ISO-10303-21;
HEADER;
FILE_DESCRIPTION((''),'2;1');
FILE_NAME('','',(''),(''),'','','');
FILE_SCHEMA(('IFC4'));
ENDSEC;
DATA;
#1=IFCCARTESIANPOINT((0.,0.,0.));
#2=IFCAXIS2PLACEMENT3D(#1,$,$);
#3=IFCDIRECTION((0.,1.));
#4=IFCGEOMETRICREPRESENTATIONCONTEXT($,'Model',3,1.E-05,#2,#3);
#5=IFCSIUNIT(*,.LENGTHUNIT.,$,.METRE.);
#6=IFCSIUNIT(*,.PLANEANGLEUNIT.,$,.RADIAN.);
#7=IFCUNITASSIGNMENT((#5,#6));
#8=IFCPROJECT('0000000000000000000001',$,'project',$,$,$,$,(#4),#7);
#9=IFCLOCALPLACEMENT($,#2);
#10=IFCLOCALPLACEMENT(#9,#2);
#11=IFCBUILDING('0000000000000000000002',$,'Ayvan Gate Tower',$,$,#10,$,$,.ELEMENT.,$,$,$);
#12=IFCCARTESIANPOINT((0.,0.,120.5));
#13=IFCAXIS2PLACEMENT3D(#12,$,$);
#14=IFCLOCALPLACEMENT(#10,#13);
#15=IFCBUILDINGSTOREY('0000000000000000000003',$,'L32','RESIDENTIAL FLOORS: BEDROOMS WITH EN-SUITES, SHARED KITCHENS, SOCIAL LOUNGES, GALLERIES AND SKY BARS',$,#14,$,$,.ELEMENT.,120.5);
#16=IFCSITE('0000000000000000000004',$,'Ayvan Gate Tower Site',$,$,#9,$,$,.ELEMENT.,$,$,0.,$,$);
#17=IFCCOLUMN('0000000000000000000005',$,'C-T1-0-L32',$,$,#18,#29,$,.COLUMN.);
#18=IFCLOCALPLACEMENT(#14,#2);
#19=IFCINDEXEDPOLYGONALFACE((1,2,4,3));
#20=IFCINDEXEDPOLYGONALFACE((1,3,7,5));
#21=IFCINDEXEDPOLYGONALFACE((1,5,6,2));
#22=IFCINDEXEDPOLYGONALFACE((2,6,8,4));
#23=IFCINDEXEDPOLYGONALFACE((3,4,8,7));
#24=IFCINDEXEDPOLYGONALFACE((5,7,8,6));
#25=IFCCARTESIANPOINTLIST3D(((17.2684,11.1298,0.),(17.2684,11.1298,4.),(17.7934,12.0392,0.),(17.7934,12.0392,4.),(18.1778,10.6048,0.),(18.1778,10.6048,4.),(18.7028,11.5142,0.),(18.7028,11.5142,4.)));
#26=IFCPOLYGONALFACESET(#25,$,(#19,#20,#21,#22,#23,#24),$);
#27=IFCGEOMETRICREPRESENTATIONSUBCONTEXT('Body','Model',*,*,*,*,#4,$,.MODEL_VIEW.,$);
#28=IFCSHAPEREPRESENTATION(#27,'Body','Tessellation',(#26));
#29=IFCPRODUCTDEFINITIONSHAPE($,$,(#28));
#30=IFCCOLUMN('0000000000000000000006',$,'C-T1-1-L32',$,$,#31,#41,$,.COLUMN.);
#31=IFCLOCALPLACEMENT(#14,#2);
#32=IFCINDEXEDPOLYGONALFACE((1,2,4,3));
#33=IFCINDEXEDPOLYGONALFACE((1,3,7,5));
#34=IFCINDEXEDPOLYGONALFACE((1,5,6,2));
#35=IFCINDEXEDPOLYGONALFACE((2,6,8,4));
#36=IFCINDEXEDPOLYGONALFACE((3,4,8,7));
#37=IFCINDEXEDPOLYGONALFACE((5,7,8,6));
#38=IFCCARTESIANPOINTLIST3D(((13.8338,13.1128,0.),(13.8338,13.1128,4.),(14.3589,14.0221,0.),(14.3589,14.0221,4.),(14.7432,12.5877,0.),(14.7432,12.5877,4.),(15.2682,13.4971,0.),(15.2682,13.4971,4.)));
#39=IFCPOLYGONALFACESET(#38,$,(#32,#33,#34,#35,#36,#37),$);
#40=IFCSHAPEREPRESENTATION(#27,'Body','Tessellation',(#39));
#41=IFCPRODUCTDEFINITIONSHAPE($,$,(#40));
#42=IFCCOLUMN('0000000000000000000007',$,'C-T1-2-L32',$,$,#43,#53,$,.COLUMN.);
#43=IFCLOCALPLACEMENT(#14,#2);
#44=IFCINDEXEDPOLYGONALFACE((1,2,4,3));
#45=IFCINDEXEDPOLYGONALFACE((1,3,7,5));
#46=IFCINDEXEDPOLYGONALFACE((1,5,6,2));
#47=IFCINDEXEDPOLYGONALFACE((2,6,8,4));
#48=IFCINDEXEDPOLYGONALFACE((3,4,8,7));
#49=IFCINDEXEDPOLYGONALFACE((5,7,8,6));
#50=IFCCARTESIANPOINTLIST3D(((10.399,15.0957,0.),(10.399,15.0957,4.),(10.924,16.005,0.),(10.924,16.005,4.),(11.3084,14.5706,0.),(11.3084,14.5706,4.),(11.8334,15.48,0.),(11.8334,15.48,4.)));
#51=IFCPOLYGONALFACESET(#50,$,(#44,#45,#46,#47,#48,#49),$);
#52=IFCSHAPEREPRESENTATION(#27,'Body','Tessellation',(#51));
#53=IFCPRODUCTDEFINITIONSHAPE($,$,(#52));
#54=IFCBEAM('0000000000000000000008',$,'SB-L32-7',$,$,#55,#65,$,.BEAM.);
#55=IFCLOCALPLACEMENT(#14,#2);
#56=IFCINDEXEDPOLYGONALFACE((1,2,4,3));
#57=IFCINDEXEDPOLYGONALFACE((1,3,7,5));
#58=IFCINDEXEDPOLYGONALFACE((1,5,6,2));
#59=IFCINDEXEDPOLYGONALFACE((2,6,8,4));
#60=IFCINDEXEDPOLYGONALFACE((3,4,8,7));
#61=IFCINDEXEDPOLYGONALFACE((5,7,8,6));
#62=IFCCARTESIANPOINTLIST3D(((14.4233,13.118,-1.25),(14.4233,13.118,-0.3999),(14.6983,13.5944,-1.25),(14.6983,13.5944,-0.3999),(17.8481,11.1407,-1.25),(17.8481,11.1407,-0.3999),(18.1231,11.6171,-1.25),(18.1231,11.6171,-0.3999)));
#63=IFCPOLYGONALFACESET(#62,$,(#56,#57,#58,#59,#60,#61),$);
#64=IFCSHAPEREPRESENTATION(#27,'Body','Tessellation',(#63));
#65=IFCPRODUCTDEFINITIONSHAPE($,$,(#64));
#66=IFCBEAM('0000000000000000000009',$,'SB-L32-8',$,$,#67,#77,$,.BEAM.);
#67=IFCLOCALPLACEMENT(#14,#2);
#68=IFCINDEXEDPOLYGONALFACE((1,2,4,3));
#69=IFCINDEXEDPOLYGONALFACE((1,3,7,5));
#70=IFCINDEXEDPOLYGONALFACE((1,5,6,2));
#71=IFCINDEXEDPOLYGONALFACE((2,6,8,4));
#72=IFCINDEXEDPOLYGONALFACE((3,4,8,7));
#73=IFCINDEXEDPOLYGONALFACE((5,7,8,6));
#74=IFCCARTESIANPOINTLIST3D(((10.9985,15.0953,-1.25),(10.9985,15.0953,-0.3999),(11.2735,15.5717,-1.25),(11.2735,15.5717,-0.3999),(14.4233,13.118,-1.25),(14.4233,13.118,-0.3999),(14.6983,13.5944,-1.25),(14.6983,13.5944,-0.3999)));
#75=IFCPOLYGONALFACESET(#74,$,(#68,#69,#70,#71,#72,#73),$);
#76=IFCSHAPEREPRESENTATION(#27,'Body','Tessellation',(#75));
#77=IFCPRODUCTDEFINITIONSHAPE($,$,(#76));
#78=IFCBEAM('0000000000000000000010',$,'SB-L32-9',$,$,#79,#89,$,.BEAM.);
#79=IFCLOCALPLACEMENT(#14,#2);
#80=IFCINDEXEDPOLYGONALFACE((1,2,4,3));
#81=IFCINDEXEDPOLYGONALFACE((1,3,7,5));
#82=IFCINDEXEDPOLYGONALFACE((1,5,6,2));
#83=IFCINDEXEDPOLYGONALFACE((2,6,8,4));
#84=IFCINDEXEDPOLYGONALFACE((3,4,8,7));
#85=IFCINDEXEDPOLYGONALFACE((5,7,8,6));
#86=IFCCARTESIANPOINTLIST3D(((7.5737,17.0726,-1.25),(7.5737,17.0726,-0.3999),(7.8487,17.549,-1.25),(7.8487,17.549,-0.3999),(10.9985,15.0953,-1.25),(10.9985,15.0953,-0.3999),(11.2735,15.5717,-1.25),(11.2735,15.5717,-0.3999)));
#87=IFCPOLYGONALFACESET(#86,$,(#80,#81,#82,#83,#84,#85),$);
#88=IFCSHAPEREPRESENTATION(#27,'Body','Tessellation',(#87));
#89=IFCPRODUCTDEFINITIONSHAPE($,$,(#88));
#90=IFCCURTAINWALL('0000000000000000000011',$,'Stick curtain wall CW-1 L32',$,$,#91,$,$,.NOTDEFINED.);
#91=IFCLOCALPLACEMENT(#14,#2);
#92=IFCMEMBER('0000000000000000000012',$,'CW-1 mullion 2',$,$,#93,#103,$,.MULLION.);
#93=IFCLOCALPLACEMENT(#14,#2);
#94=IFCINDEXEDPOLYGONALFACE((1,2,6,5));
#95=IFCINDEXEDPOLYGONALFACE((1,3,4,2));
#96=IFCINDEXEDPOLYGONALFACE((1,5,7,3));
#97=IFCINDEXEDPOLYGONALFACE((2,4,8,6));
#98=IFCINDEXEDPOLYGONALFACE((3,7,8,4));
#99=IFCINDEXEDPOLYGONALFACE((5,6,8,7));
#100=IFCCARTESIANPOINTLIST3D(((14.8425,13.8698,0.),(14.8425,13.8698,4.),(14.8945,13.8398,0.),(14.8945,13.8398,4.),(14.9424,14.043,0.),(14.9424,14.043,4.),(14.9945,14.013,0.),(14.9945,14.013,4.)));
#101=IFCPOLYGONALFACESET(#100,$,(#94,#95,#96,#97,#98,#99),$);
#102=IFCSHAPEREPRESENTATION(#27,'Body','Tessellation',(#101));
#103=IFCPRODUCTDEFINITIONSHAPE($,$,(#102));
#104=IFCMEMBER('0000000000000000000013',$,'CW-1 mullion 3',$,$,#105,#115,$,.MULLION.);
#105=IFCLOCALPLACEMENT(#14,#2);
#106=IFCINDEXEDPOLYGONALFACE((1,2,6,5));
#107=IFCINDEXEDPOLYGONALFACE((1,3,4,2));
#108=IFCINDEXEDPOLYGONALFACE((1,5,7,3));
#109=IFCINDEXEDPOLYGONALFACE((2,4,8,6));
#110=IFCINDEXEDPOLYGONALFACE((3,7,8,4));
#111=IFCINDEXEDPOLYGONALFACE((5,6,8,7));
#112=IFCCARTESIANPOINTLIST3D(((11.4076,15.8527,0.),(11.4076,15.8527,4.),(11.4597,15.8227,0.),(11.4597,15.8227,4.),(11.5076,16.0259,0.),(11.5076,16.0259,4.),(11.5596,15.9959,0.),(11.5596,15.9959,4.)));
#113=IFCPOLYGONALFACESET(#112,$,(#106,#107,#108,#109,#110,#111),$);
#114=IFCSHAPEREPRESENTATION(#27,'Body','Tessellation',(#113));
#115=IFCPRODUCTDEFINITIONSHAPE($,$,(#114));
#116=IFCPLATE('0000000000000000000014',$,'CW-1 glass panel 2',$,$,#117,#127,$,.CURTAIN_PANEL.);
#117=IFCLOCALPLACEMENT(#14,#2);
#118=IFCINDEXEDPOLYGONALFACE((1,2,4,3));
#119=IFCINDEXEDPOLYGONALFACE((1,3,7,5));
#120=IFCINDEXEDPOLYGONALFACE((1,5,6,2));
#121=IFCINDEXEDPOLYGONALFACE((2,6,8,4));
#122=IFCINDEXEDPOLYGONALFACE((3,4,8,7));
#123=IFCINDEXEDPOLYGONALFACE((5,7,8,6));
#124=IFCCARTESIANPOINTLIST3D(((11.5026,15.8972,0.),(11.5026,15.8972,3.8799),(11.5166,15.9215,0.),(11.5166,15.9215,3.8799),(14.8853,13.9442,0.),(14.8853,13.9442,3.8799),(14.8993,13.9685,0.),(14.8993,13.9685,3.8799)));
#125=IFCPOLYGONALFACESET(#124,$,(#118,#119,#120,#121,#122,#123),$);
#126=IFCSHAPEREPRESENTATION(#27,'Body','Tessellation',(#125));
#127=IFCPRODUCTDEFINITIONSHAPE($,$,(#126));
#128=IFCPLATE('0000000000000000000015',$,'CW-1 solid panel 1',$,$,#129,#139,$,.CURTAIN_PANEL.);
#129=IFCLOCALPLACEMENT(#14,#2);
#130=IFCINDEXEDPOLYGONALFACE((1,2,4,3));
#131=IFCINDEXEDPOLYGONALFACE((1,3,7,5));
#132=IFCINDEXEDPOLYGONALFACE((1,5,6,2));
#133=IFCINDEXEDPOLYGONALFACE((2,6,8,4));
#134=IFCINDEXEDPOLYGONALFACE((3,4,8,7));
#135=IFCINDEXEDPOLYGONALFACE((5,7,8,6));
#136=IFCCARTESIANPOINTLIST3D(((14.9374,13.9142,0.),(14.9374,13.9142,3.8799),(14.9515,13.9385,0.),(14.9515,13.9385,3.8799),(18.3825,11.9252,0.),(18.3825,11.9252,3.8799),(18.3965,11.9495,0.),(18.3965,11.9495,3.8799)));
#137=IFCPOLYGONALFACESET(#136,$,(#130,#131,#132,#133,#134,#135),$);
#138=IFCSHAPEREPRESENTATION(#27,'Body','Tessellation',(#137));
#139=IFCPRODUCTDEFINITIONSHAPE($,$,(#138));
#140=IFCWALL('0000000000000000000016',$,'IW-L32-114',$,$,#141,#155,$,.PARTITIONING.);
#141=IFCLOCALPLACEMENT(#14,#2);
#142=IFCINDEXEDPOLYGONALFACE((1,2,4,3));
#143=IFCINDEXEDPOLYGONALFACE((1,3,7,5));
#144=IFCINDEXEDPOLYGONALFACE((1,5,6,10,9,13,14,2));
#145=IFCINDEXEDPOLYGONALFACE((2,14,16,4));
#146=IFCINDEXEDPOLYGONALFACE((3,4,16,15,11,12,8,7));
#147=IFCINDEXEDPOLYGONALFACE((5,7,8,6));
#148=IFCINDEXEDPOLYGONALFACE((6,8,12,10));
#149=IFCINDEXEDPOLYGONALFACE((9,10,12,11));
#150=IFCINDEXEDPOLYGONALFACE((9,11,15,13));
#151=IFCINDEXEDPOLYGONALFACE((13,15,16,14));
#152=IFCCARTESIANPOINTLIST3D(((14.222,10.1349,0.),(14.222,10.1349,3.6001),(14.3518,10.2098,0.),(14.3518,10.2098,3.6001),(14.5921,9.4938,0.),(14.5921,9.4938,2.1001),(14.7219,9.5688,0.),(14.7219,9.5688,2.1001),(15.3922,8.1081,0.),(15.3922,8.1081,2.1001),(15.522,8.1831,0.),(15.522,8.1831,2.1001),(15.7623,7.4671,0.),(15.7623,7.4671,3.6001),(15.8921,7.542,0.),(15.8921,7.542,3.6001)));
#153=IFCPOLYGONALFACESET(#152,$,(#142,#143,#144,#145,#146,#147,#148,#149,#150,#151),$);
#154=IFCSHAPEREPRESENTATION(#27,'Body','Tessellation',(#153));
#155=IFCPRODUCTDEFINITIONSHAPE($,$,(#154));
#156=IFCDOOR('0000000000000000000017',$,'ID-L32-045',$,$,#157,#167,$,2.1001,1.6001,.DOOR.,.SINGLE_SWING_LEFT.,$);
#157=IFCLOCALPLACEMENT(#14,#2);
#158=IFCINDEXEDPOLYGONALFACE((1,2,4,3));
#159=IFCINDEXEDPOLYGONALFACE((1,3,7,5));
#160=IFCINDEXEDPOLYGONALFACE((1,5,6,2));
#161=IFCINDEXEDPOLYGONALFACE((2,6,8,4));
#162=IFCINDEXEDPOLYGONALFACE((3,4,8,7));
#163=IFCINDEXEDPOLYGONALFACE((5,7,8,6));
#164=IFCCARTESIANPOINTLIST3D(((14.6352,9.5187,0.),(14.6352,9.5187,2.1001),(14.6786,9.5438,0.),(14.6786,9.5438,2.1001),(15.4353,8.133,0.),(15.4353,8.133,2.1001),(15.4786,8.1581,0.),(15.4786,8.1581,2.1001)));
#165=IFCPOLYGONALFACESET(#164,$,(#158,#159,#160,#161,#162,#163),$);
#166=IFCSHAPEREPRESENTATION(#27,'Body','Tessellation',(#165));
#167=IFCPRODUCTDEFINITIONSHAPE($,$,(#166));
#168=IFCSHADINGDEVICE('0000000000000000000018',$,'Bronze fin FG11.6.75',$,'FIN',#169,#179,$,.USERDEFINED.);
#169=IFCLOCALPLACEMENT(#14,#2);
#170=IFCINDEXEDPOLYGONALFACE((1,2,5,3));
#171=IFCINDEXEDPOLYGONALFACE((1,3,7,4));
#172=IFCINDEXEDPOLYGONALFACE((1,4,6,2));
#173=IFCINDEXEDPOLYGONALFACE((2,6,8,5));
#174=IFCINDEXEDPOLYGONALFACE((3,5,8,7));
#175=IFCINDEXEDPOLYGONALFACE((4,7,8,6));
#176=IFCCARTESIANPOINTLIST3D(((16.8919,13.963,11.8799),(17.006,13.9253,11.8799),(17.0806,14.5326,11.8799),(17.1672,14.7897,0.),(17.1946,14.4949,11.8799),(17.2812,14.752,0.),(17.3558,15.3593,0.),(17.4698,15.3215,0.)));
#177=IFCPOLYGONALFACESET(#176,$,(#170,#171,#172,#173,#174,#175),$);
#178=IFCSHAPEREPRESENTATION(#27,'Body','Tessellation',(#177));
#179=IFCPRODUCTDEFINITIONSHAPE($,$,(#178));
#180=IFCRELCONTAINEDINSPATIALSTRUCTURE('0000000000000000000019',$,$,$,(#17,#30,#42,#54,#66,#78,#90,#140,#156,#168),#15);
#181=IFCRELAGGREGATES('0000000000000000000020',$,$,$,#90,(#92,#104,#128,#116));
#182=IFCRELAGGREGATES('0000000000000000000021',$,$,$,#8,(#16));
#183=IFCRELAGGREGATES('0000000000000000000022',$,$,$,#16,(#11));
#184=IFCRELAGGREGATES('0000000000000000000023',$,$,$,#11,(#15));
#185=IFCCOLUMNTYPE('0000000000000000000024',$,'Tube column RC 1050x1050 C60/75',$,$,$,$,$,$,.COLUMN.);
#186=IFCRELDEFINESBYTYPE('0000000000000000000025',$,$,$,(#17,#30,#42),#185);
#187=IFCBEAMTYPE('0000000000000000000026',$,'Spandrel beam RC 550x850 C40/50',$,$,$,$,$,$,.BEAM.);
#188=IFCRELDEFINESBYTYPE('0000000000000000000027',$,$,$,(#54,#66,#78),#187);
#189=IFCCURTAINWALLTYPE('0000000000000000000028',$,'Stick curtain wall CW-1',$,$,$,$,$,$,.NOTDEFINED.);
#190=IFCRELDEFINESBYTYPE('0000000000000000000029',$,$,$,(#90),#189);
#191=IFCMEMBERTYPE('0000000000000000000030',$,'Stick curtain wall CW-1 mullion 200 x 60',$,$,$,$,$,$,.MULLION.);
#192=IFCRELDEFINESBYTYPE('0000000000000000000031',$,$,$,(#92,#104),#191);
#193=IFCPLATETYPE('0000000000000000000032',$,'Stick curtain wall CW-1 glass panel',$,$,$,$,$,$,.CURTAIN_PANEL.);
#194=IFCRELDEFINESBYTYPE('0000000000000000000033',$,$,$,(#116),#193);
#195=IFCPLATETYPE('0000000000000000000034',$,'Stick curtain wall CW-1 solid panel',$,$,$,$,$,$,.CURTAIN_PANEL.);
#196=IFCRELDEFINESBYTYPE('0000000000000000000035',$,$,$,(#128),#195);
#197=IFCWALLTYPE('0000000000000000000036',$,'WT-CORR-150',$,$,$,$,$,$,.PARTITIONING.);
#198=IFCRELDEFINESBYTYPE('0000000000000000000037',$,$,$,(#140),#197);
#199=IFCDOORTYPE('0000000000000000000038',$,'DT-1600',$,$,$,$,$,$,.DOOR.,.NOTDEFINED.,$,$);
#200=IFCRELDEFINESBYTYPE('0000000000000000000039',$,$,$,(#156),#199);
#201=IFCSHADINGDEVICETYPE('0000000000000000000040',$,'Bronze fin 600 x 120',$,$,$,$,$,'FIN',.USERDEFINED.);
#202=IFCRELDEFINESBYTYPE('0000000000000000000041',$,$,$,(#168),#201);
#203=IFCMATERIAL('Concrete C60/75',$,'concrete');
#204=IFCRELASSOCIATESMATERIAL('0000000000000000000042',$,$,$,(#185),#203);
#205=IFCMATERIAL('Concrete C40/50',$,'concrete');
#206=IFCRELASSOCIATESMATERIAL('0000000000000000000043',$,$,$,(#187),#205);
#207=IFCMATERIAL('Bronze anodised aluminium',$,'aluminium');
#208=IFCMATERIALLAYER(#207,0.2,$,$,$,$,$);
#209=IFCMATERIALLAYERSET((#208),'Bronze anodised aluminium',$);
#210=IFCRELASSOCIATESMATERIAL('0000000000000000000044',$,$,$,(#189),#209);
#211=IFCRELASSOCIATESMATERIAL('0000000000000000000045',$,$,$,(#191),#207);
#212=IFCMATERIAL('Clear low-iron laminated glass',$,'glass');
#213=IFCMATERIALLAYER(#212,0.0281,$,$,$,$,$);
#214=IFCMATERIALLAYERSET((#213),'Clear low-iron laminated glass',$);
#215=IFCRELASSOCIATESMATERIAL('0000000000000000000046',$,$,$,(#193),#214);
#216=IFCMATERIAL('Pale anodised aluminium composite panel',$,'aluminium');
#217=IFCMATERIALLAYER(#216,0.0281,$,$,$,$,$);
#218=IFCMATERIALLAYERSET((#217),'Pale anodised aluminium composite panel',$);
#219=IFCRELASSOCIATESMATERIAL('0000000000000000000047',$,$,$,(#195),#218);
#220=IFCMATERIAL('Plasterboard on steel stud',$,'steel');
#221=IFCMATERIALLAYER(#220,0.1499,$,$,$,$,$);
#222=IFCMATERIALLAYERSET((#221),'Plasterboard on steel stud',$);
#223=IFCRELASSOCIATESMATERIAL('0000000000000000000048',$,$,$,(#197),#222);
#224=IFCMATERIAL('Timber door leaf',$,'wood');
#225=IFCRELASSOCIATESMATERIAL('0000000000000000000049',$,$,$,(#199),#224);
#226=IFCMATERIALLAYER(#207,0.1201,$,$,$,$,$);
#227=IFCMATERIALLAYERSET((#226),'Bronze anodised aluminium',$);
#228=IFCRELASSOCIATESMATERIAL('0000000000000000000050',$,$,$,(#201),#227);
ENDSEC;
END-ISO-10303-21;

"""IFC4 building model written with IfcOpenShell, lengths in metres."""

from ifc_helpers import new_model, si_unit, direction, frame, frame_2d, origin, origin_2d, place, context, subcontext, project, spatial, polyline, rectangle, outline, extrude, material, layer, layer_set, material_profile, profile_set, type_object, element, fill, aggregate, save


model = new_model("IFC4")

# Units and contexts
model_context = context("Model", 3, precision=1e-05, world=origin(), true_north=direction((0.0, 1.0)))
body_context = subcontext(model_context, "Body", "Model", "MODEL_VIEW")
ifc_project = project(units=[si_unit("LENGTHUNIT", "METRE"), si_unit("PLANEANGLEUNIT", "RADIAN")], contexts=[model_context])

# Site, building, storey
site_placement = place(None, origin())
site = spatial("IfcSite", under=ifc_project, at=site_placement, Name="Ayvan Gate Tower Site", CompositionType="ELEMENT", RefElevation=0.0)
building_placement = place(site_placement, origin())
building = spatial("IfcBuilding", under=site, at=building_placement, Name="Ayvan Gate Tower", CompositionType="ELEMENT")
storey_placement = place(building_placement, frame((0.0, 0.0, 120.5)))
storey = spatial("IfcBuildingStorey", under=building, at=storey_placement, Name="L32", Description="RESIDENTIAL FLOORS: BEDROOMS WITH EN-SUITES, SHARED KITCHENS, SOCIAL LOUNGES, GALLERIES AND SKY BARS", CompositionType="ELEMENT", Elevation=120.5)

# Columns
ifc_material_1 = material(Name="Concrete C60/75", Category="concrete")
ifc_material_profile_1 = material_profile(ifc_material_1, rectangle(XDim=1.05, YDim=1.05, at=origin_2d()), Name="RC 1050x1050")
ifc_profile_set_1 = profile_set([ifc_material_profile_1], Name="Concrete C60/75")
column_type = type_object("IfcColumnType", Name="Tube column RC 1050x1050 C60/75", PredefinedType="COLUMN", material=ifc_profile_set_1)
for number, where, z_axis, x_axis, name in (
    (1, (17.9856, 11.322, 0.0), (0.0, 0.0, 1.0), (0.5, 0.866025, 0.0), "C-T1-0-L32"),
    (2, (14.551, 13.3049, 0.0), (0.0, 0.0, 1.0), (0.5, 0.866025, 0.0), "C-T1-1-L32"),
    (3, (11.1162, 15.2878, 0.0), (0.0, 0.0, 1.0), (0.5, 0.866025, 0.0), "C-T1-2-L32"),
):
    element("IfcColumn", number, at=place(storey_placement, frame(where, z_axis=z_axis, x_axis=x_axis)), inside=storey, type_object=column_type, Name=name, PredefinedType="COLUMN", context=body_context, shape_type="SweptSolid", body=[
        extrude(rectangle(XDim=1.05, YDim=1.05, at=origin_2d()), origin(), (0.0, 0.0, 1.0), 4.0),
    ])

# Beams
ifc_material_2 = material(Name="Concrete C40/50", Category="concrete")
ifc_material_profile_2 = material_profile(ifc_material_2, rectangle(XDim=0.55, YDim=0.8501, at=origin_2d()), Name="RC 550x850")
ifc_profile_set_2 = profile_set([ifc_material_profile_2], Name="Concrete C40/50")
beam_type = type_object("IfcBeamType", Name="Spandrel beam RC 550x850 C40/50", PredefinedType="BEAM", material=ifc_profile_set_2)
for number, where, z_axis, x_axis, name in (
    (4, (17.9856, 11.3789, -0.825), (-0.866027, 0.499997, 0.0), (-0.499997, -0.866027, 0.0), "SB-L32-7"),
    (5, (14.5608, 13.3562, -0.825), (-0.866027, 0.499997, 0.0), (-0.499997, -0.866027, 0.0), "SB-L32-8"),
    (6, (11.136, 15.3335, -0.825), (-0.866027, 0.499997, 0.0), (-0.499997, -0.866027, 0.0), "SB-L32-9"),
):
    element("IfcBeam", number, at=place(storey_placement, frame(where, z_axis=z_axis, x_axis=x_axis)), inside=storey, type_object=beam_type, Name=name, PredefinedType="BEAM", context=body_context, shape_type="SweptSolid", body=[
        extrude(rectangle(XDim=0.55, YDim=0.8501, at=origin_2d()), origin(), (0.0, 0.0, 1.0), 3.9546),
    ])

# Curtain wall, members, plates
ifc_material_3 = material(Name="Bronze anodised aluminium", Category="aluminium")
ifc_layer_1 = layer(ifc_material_3, 0.2)
ifc_layer_set_1 = layer_set([ifc_layer_1], Name="Bronze anodised aluminium")
curtain_wall_type = type_object("IfcCurtainWallType", Name="Stick curtain wall CW-1", PredefinedType="NOTDEFINED", material=ifc_layer_set_1)
curtain_wall_placement = place(storey_placement, origin())
curtain_wall = element("IfcCurtainWall", 7, at=curtain_wall_placement, inside=storey, type_object=curtain_wall_type, Name="Stick curtain wall CW-1 L32", PredefinedType="NOTDEFINED")
ifc_material_profile_3 = material_profile(ifc_material_3, rectangle(XDim=0.2, YDim=0.0601, at=origin_2d()), Name="Stick curtain wall CW-1 mullion 200 x 60")
ifc_profile_set_3 = profile_set([ifc_material_profile_3], Name="Bronze anodised aluminium")
member_type = type_object("IfcMemberType", Name="Stick curtain wall CW-1 mullion 200 x 60", PredefinedType="MULLION", material=ifc_profile_set_3)
member_1_placement = place(storey_placement, frame((14.9185, 13.9414, 0.0), z_axis=(0.0, 0.0, 1.0), x_axis=(0.5, 0.866025, 0.0)))
member_1 = element("IfcMember", 8, at=member_1_placement, type_object=member_type, Name="CW-1 mullion 2", PredefinedType="MULLION", context=body_context, shape_type="SweptSolid", body=[
    extrude(rectangle(XDim=0.2, YDim=0.0601, at=origin_2d()), origin(), (0.0, 0.0, 1.0), 4.0),
])
member_2_placement = place(storey_placement, frame((11.4836, 15.9243, 0.0), z_axis=(0.0, 0.0, 1.0), x_axis=(0.5, 0.866025, 0.0)))
member_2 = element("IfcMember", 9, at=member_2_placement, type_object=member_type, Name="CW-1 mullion 3", PredefinedType="MULLION", context=body_context, shape_type="SweptSolid", body=[
    extrude(rectangle(XDim=0.2, YDim=0.0601, at=origin_2d()), origin(), (0.0, 0.0, 1.0), 4.0),
])
ifc_material_4 = material(Name="Clear low-iron laminated glass", Category="glass")
ifc_layer_2 = layer(ifc_material_4, 0.0281)
ifc_layer_set_2 = layer_set([ifc_layer_2], Name="Clear low-iron laminated glass")
plate_type_1 = type_object("IfcPlateType", Name="Stick curtain wall CW-1 glass panel", PredefinedType="CURTAIN_PANEL", material=ifc_layer_set_2)
plate_1_placement = place(storey_placement, frame((13.2009, 14.9329, 0.0), z_axis=(0.0, 0.0, 1.0), x_axis=(-0.866025, 0.5, 0.0)))
plate_1 = element("IfcPlate", 10, at=plate_1_placement, type_object=plate_type_1, Name="CW-1 glass panel 2", PredefinedType="CURTAIN_PANEL", context=body_context, shape_type="SweptSolid", body=[
    extrude(rectangle(XDim=3.906, YDim=0.0281, at=origin_2d()), origin(), (0.0, 0.0, 1.0), 3.8799),
])
ifc_material_5 = material(Name="Pale anodised aluminium composite panel", Category="aluminium")
ifc_layer_3 = layer(ifc_material_5, 0.0281)
ifc_layer_set_3 = layer_set([ifc_layer_3], Name="Pale anodised aluminium composite panel")
plate_type_2 = type_object("IfcPlateType", Name="Stick curtain wall CW-1 solid panel", PredefinedType="CURTAIN_PANEL", material=ifc_layer_set_3)
plate_2_placement = place(storey_placement, frame((16.667, 12.9319, 0.0), z_axis=(0.0, 0.0, 1.0), x_axis=(-0.866025, 0.5, 0.0)))
plate_2 = element("IfcPlate", 11, at=plate_2_placement, type_object=plate_type_2, Name="CW-1 solid panel 1", PredefinedType="CURTAIN_PANEL", context=body_context, shape_type="SweptSolid", body=[
    extrude(rectangle(XDim=3.978, YDim=0.0281, at=origin_2d()), origin(), (0.0, 0.0, 1.0), 3.8799),
])
aggregate(curtain_wall, [member_1, member_2, plate_2, plate_1])

# Wall, opening, door
ifc_material_6 = material(Name="Plasterboard on steel stud", Category="steel")
ifc_layer_4 = layer(ifc_material_6, 0.1499)
ifc_layer_set_4 = layer_set([ifc_layer_4], Name="Plasterboard on steel stud")
wall_type = type_object("IfcWallType", Name="WT-CORR-150", PredefinedType="PARTITIONING", material=ifc_layer_set_4)
wall_placement = place(storey_placement, frame((14.2869, 10.1724, 0.0), z_axis=(0.0, 0.0, 1.0), x_axis=(0.500017, -0.866015, 0.0)))
wall = element("IfcWall", 12, at=wall_placement, inside=storey, type_object=wall_type, Name="IW-L32-114", PredefinedType="PARTITIONING", context=body_context, shape_type="SweptSolid", body=[
    extrude(rectangle(XDim=3.0806, YDim=0.1499, at=frame_2d((1.5403, 0.0))), origin(), (0.0, 0.0, 1.0), 3.6001),
])
opening_placement = place(wall_placement, frame((0.7402, 0.0, 0.0)))
opening = element("IfcOpeningElement", 13, at=opening_placement, cuts=wall, PredefinedType="OPENING", context=body_context, shape_type="SweptSolid", body=[
    extrude(rectangle(XDim=1.6001, YDim=2.1001, at=frame_2d((0.8, 1.05))), frame((0.0, 0.085, 0.0), z_axis=(0.0, -1.0, 0.0), x_axis=(1.0, 0.0, 0.0)), (0.0, 0.0, 1.0), 0.1699),
])
ifc_material_7 = material(Name="Timber door leaf", Category="wood")
door_type = type_object("IfcDoorType", Name="DT-1600", OperationType="NOTDEFINED", PredefinedType="DOOR", material=ifc_material_7)
door_placement = place(opening_placement, origin())
door = element("IfcDoor", 14, at=door_placement, inside=storey, type_object=door_type, Name="ID-L32-045", OperationType="SINGLE_SWING_LEFT", OverallHeight=2.1001, OverallWidth=1.6001, PredefinedType="DOOR", context=body_context, shape_type="SweptSolid", body=[
    extrude(rectangle(XDim=1.6001, YDim=2.1001, at=frame_2d((0.8, 1.05))), frame((0.0, 0.0249, 0.0), z_axis=(0.0, -1.0, 0.0), x_axis=(1.0, 0.0, 0.0)), (0.0, 0.0, 1.0), 0.05),
])
fill(opening, door)

# Shading device
ifc_layer_5 = layer(ifc_material_3, 0.1201)
ifc_layer_set_5 = layer_set([ifc_layer_5], Name="Bronze anodised aluminium")
shading_device_type = type_object("IfcShadingDeviceType", Name="Bronze fin 600 x 120", ElementType="FIN", PredefinedType="USERDEFINED", material=ifc_layer_set_5)
shading_device_1_placement = place(storey_placement, frame((17.2812, 14.752, 0.0), z_axis=(0.949312, -0.314335, 0.000124), x_axis=(0.314335, 0.949312, 0.0)))
element("IfcShadingDevice", 15, at=shading_device_1_placement, inside=storey, type_object=shading_device_type, Name="Bronze fin FG11.6.75", ObjectType="FIN", PredefinedType="USERDEFINED", context=body_context, shape_type="SweptSolid", body=[
    extrude(outline(polyline([(0.0, 0.0), (0.6, 0.0), (-0.2713, 11.8799), (-0.8713, 11.8799), (0.0, 0.0)])), origin(), (0.0, 0.0, -1.0), 0.1201),
])

save(model, "model.ifc")
